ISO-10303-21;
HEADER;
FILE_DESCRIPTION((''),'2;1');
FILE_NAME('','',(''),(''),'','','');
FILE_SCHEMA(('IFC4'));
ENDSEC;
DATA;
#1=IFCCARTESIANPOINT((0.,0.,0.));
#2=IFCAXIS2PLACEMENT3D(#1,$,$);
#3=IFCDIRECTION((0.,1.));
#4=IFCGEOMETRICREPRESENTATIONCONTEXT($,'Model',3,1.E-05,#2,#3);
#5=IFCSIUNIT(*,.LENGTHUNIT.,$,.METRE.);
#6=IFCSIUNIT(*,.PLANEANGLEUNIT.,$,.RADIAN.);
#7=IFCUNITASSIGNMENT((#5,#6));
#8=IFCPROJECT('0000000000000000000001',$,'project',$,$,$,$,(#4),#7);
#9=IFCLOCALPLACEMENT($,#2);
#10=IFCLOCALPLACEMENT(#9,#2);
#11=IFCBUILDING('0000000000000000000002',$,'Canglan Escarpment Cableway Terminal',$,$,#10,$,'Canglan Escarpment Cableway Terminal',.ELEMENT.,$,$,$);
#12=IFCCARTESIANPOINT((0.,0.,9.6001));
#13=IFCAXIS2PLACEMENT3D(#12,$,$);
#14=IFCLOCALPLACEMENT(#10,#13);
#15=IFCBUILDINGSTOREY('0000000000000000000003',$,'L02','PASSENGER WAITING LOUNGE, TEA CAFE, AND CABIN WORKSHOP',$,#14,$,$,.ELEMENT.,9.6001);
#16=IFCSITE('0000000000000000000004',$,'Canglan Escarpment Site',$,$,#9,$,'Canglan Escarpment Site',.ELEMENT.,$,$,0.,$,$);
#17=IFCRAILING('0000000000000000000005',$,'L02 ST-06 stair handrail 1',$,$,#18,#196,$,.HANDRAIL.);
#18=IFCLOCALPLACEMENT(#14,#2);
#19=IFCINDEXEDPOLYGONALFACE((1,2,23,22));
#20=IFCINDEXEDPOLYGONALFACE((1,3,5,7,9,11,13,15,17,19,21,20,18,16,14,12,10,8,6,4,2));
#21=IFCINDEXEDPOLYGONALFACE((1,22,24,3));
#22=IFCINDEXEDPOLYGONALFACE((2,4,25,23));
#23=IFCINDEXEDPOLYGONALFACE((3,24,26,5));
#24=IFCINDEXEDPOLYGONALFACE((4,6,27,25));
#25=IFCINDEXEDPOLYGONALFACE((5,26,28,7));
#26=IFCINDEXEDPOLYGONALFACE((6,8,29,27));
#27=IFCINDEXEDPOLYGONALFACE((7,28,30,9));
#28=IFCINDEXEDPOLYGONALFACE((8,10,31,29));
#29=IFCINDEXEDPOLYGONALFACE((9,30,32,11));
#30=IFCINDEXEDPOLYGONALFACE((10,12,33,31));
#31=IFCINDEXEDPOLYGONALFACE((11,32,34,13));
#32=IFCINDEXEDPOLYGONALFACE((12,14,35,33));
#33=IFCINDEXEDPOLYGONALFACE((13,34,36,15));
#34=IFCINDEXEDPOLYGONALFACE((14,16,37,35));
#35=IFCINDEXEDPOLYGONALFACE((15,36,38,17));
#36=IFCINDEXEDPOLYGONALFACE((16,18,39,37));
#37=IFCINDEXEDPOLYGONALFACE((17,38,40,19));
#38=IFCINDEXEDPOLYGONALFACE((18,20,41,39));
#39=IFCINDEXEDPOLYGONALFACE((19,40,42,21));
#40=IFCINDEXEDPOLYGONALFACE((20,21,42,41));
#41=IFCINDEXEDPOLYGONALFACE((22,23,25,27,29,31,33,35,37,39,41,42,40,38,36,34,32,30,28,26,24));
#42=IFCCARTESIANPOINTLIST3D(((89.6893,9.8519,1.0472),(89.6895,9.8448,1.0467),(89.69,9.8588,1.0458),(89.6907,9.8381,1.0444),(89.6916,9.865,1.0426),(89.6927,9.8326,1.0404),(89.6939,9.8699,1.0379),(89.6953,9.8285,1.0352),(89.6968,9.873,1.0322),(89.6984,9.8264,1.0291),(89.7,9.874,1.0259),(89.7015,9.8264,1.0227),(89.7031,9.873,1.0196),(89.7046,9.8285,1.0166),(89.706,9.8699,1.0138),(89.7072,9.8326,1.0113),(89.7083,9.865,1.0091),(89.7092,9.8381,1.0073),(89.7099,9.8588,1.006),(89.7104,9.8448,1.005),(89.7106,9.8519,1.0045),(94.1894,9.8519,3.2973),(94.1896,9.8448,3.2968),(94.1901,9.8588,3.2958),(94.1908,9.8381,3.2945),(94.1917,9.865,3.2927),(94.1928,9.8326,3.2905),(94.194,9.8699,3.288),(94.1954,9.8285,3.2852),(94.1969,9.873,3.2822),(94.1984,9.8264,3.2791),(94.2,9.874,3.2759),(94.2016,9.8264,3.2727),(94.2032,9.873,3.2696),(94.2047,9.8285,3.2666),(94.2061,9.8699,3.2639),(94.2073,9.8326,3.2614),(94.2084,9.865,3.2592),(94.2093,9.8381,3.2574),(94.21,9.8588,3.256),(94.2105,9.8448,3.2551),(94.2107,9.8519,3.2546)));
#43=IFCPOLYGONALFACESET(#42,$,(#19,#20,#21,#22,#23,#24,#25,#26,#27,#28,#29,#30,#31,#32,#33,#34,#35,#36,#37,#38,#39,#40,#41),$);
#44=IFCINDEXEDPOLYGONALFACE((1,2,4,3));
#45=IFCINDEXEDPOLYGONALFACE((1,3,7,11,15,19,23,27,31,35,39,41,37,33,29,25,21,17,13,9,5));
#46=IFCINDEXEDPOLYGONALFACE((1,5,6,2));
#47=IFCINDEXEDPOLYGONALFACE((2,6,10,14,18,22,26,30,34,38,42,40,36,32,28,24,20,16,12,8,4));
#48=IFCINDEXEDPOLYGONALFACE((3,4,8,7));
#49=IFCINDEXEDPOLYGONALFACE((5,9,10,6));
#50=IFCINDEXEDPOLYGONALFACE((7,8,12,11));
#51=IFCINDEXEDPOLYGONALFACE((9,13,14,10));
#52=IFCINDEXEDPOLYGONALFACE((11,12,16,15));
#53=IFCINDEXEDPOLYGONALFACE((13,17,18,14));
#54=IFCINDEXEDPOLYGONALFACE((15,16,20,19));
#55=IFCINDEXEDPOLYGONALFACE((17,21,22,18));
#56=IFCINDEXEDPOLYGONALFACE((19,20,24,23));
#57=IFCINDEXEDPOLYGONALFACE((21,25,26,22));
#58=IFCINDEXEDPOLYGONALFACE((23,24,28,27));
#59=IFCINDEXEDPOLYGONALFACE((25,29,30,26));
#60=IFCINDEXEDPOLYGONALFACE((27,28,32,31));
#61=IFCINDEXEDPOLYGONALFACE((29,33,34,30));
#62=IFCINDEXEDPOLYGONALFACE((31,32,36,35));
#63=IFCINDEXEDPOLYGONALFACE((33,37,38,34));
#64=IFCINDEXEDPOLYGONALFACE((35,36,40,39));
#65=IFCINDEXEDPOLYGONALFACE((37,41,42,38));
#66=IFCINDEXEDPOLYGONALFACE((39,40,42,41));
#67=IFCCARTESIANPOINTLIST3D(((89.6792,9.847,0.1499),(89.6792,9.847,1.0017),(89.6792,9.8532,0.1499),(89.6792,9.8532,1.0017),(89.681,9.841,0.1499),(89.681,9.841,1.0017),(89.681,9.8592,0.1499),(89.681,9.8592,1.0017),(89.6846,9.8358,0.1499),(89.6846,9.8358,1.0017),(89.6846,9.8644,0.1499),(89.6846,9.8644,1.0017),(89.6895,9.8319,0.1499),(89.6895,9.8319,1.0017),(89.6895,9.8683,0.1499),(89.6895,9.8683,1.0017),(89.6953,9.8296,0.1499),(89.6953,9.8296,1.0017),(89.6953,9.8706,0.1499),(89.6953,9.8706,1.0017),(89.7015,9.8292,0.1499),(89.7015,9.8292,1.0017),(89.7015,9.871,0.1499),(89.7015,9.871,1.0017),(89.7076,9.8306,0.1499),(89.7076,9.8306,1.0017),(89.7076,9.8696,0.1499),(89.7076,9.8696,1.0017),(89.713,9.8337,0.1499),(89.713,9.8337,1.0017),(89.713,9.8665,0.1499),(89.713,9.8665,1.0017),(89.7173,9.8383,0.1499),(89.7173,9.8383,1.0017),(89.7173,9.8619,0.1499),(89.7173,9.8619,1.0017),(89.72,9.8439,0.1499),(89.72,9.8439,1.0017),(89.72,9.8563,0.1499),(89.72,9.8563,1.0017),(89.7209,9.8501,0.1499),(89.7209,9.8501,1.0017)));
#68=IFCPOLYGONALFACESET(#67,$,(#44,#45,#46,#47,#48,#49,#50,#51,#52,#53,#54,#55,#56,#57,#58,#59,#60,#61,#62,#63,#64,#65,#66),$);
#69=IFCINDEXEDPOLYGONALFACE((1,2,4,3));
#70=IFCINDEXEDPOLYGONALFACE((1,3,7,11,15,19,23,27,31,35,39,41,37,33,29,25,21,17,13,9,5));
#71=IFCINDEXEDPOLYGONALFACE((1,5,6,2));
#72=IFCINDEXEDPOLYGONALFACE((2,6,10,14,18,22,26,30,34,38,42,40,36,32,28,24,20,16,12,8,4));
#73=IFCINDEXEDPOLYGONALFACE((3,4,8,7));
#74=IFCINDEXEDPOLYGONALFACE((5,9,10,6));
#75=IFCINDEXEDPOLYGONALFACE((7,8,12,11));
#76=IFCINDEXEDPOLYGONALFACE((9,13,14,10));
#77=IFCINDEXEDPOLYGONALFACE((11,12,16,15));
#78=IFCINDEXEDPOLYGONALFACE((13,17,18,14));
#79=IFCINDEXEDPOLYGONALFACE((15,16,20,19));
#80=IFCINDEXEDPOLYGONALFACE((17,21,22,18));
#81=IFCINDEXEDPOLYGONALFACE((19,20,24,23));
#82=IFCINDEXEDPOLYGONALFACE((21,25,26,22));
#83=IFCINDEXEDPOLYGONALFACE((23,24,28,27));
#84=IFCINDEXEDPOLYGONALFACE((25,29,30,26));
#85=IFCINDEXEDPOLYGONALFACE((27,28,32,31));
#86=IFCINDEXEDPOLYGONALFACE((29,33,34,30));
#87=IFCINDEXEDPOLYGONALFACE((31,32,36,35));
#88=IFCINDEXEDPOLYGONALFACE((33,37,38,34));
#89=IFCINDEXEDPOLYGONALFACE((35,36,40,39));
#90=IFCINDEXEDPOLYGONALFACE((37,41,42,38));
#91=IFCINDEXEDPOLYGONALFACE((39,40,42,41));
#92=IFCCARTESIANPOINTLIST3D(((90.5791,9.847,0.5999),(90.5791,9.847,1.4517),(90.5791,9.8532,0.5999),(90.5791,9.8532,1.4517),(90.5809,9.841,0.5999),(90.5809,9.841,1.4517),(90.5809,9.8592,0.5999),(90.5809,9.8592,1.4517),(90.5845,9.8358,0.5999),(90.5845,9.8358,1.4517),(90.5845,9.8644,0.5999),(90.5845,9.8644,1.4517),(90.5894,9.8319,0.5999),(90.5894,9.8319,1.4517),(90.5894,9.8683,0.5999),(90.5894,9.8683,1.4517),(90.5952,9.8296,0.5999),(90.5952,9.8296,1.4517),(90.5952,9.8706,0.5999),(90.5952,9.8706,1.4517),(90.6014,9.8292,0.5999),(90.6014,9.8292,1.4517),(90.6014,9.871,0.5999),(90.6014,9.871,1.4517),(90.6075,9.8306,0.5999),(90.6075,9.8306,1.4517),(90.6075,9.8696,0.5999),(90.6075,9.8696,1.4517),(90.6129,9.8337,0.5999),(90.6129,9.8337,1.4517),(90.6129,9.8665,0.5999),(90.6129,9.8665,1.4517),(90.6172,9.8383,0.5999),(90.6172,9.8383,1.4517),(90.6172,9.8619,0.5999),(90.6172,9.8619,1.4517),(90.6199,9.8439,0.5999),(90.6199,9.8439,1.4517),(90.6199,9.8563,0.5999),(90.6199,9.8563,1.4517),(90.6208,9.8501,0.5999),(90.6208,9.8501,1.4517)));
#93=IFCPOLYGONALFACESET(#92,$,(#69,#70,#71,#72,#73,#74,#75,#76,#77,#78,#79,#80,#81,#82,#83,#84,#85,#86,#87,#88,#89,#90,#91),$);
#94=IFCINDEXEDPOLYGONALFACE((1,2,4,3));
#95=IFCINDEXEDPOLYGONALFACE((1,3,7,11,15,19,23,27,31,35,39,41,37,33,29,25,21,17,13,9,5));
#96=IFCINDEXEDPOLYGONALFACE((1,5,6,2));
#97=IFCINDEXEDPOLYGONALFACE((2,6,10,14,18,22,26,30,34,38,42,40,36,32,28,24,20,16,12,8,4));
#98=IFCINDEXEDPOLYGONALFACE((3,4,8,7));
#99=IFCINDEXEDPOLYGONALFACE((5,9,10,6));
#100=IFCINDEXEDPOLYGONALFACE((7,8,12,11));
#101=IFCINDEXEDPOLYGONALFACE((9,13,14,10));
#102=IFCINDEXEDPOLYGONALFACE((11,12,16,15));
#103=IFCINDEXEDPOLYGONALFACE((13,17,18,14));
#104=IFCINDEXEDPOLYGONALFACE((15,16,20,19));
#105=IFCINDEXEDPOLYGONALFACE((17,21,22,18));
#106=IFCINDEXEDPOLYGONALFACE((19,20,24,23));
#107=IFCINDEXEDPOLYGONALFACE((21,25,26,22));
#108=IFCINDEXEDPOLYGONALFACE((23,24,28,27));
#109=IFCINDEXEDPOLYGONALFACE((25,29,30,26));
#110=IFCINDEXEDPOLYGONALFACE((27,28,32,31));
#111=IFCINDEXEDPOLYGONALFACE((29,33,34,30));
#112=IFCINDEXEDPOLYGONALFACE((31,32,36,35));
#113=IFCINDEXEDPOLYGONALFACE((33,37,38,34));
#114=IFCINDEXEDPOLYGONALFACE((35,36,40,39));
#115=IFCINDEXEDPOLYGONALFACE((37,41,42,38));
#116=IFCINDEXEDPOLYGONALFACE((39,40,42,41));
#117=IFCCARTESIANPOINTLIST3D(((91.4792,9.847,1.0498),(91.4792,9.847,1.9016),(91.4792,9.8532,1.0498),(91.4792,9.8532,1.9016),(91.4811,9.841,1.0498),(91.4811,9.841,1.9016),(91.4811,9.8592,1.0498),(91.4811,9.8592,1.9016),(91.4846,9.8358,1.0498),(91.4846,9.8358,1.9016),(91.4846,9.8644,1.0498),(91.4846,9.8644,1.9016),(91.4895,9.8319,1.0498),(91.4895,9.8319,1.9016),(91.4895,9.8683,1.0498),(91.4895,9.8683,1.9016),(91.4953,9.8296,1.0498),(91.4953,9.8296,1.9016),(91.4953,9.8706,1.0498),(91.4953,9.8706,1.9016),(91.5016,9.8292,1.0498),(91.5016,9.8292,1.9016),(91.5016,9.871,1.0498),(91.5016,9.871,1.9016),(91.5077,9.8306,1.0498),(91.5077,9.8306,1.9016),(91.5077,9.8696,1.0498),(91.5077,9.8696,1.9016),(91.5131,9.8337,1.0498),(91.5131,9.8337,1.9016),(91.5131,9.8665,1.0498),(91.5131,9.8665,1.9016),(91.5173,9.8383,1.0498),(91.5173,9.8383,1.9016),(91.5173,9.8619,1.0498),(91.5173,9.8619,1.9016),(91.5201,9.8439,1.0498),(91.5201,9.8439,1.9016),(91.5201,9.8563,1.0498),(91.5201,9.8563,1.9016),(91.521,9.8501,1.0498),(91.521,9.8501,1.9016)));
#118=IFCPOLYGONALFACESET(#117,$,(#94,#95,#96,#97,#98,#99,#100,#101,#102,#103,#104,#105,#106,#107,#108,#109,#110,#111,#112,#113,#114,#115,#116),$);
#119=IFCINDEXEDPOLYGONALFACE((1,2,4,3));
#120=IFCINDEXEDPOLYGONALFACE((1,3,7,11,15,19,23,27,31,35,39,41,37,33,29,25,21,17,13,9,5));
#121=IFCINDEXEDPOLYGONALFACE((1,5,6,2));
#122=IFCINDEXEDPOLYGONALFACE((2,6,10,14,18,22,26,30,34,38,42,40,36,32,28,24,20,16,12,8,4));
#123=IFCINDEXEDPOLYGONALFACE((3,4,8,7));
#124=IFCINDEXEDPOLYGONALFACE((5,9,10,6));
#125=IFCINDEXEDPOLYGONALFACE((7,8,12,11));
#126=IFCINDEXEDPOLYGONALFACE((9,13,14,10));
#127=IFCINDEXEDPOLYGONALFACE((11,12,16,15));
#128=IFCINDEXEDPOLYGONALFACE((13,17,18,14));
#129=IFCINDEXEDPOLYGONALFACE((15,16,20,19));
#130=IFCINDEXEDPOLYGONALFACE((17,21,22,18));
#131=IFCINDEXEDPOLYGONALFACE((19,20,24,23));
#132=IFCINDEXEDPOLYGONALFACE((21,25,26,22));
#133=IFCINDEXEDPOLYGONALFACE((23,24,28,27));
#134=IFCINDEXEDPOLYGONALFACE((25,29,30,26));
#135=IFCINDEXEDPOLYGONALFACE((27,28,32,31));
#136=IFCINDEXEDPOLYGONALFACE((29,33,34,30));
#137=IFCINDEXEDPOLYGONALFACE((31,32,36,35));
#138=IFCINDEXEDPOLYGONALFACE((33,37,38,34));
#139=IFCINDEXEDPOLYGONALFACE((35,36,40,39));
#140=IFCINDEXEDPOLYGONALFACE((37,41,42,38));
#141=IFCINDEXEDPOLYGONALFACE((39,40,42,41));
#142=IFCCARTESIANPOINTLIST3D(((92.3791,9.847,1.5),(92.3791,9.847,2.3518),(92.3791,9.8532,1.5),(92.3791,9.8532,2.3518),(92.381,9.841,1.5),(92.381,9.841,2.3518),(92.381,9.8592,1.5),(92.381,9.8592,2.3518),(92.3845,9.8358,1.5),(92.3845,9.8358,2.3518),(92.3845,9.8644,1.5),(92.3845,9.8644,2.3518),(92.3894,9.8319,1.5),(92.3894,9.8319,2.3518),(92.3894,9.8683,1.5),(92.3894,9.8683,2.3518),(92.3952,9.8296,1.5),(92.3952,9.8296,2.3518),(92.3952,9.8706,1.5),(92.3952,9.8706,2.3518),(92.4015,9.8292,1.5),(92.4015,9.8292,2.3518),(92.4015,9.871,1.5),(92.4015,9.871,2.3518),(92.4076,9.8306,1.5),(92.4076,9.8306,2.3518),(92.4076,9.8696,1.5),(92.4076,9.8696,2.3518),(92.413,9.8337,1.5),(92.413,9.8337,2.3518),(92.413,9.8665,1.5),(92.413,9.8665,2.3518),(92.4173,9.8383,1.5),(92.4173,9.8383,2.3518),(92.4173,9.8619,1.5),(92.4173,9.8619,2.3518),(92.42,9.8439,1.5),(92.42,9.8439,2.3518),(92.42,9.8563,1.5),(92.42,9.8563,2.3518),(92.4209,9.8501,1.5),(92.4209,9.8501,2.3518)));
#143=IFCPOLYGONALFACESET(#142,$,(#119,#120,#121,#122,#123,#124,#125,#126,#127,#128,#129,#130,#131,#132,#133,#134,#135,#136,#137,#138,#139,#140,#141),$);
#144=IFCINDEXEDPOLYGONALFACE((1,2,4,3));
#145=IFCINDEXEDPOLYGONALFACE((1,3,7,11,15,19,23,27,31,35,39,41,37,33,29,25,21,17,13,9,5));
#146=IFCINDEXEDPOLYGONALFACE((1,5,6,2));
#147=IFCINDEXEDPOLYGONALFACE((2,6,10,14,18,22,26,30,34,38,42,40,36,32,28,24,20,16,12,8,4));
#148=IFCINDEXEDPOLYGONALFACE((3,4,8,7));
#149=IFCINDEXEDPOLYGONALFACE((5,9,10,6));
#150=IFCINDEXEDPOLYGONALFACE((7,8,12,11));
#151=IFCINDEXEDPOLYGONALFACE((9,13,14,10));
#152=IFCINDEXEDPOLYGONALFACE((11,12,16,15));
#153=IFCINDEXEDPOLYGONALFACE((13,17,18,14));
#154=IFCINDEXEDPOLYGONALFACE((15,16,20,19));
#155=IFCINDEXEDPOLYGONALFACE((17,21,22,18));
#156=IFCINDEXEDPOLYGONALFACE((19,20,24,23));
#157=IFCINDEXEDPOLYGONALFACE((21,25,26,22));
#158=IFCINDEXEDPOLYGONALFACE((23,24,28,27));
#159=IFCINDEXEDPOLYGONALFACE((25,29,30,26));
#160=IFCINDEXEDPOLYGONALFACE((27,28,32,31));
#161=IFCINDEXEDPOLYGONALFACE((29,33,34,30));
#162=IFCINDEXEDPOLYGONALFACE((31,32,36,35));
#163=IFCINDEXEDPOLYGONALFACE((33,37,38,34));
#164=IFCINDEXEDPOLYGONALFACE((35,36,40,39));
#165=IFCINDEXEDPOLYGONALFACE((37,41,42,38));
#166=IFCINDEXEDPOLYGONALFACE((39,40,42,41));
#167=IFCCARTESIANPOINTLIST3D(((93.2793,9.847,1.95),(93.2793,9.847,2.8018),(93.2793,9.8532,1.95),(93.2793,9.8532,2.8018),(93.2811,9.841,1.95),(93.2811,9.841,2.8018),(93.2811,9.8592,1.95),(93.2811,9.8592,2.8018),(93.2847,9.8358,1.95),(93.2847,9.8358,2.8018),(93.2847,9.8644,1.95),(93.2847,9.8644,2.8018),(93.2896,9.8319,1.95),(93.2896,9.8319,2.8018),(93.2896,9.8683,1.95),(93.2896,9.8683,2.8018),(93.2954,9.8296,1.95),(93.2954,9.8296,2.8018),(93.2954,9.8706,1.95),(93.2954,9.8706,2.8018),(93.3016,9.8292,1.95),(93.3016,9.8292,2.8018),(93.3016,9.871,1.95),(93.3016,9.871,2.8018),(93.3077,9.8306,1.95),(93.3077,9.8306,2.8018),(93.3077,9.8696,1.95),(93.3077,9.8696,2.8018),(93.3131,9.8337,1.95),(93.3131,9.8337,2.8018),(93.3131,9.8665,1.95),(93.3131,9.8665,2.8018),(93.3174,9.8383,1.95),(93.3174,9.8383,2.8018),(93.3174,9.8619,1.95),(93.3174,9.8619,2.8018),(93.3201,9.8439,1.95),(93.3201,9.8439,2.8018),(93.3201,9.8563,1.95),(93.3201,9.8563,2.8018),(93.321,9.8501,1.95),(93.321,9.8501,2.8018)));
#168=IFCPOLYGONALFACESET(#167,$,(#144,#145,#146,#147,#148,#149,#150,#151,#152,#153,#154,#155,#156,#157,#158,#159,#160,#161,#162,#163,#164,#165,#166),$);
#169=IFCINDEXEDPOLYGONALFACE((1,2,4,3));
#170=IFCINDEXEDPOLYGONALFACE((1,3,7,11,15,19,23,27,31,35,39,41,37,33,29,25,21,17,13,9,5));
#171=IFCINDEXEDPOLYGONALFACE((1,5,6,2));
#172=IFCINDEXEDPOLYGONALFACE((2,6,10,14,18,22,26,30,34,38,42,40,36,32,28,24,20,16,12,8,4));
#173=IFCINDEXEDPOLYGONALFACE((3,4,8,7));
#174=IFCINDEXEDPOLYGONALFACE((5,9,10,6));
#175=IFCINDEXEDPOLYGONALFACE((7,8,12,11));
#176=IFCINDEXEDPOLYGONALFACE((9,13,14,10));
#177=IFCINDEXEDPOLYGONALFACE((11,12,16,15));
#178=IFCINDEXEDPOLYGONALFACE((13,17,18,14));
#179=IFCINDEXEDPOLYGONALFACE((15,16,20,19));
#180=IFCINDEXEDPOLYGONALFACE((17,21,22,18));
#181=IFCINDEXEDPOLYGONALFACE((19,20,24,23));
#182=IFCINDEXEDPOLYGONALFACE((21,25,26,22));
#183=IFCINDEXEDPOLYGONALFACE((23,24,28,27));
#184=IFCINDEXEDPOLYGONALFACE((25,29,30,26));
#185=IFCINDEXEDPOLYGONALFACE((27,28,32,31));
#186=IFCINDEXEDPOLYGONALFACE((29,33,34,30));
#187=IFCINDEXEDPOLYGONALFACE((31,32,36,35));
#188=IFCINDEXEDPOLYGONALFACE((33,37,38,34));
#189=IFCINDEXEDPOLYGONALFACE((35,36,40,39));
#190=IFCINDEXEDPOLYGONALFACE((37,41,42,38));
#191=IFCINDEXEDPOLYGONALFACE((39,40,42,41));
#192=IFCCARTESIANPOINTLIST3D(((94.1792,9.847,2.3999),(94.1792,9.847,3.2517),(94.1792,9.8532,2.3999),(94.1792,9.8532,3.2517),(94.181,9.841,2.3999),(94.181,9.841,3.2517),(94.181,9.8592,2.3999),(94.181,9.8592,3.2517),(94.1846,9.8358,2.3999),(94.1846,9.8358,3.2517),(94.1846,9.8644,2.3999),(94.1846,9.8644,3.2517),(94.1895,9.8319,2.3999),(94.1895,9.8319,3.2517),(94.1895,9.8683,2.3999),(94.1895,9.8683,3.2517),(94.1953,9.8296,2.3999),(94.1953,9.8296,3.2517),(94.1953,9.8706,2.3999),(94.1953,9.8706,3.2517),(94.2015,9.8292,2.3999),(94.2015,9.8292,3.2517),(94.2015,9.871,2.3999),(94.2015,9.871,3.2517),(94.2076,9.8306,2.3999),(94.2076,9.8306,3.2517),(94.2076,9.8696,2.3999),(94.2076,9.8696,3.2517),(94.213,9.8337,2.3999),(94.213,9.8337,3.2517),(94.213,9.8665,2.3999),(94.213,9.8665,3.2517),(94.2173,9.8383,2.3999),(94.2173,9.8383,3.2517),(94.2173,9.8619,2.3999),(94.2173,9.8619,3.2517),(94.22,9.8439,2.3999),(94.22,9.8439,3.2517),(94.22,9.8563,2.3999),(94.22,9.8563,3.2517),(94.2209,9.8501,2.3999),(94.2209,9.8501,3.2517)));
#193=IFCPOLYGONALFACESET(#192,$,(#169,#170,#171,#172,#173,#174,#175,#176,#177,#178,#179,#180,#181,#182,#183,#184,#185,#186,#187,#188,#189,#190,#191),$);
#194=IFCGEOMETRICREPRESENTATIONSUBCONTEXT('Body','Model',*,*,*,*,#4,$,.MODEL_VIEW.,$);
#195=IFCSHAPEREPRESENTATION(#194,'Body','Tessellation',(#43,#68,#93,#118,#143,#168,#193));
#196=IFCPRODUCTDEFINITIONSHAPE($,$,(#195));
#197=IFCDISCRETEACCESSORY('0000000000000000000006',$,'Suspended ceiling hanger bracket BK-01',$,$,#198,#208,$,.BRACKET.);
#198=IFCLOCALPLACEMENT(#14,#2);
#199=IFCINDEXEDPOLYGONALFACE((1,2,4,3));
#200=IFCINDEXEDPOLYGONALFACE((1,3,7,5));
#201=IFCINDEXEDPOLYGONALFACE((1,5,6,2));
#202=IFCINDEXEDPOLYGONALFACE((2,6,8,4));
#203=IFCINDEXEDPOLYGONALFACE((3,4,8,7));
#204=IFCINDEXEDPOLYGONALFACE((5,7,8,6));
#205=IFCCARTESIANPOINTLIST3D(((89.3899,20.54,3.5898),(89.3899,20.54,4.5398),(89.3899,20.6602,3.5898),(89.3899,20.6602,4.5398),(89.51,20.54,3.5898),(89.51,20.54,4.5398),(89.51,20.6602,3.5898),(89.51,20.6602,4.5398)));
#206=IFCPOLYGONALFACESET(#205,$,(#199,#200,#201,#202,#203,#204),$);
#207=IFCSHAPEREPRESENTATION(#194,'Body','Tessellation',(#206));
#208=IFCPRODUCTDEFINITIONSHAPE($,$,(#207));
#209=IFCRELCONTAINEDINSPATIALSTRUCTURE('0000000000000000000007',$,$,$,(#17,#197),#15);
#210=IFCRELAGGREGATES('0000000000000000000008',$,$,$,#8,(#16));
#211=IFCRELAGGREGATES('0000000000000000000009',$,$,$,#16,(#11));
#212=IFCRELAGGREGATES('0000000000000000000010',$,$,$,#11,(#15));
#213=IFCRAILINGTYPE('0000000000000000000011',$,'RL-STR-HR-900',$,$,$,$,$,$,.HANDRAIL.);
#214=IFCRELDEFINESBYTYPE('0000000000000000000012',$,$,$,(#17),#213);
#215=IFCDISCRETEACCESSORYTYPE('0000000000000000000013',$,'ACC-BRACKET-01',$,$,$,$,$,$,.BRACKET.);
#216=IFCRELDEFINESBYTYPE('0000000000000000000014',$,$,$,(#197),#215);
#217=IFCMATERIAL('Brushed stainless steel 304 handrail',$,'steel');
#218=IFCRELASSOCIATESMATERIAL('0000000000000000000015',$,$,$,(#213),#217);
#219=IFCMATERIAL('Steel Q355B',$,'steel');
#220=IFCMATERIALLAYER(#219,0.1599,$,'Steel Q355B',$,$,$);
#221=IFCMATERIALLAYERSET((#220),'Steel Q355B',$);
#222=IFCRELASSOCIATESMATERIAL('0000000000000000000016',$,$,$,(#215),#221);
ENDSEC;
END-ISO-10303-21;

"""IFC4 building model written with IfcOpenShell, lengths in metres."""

from ifc_helpers import new_model, si_unit, direction, frame, origin, origin_2d, place, context, subcontext, project, spatial, rectangle, circle, extrude, material, layer, layer_set, type_object, element, save


model = new_model("IFC4")

# Units and contexts
model_context = context("Model", 3, precision=1e-05, world=origin(), true_north=direction((0.0, 1.0)))
body_context = subcontext(model_context, "Body", "Model", "MODEL_VIEW")
ifc_project = project(units=[si_unit("LENGTHUNIT", "METRE"), si_unit("PLANEANGLEUNIT", "RADIAN")], contexts=[model_context])

# Site, building, storey
site_placement = place(None, origin())
site = spatial("IfcSite", under=ifc_project, at=site_placement, Name="Canglan Escarpment Site", LongName="Canglan Escarpment Site", CompositionType="ELEMENT", RefElevation=0.0)
building_placement = place(site_placement, origin())
building = spatial("IfcBuilding", under=site, at=building_placement, Name="Canglan Escarpment Cableway Terminal", LongName="Canglan Escarpment Cableway Terminal", CompositionType="ELEMENT")
storey_placement = place(building_placement, frame((0.0, 0.0, 9.6001)))
storey = spatial("IfcBuildingStorey", under=building, at=storey_placement, Name="L02", Description="PASSENGER WAITING LOUNGE, TEA CAFE, AND CABIN WORKSHOP", CompositionType="ELEMENT", Elevation=9.6001)

# Shared definitions
ifc_material_1 = material(Name="Steel Q355B", Category="steel")

# Railing
ifc_material_2 = material(Name="Brushed stainless steel 304 handrail", Category="steel")
railing_type_1 = type_object("IfcRailingType", Name="RL-STR-HR-900", PredefinedType="HANDRAIL", material=ifc_material_2)
railing_1_placement = place(storey_placement, frame((89.7, 9.8501, 0.1499)))
element("IfcRailing", 1, at=railing_1_placement, inside=storey, type_object=railing_type_1, Name="L02 ST-06 stair handrail 1", PredefinedType="HANDRAIL", context=body_context, shape_type="SweptSolid", body=[
    extrude(circle(Radius=0.0239, at=origin_2d()), frame((0.0, 0.0, 0.876), z_axis=(0.894427, 0.0, 0.447214), x_axis=(0.0, 1.0, 0.0)), (0.0, 0.0, 1.0), 5.0312),
    extrude(circle(Radius=0.021, at=origin_2d()), origin(), (0.0, 0.0, 1.0), 0.8518),
    extrude(circle(Radius=0.021, at=origin_2d()), frame((0.8999, 0.0, 0.45)), (0.0, 0.0, 1.0), 0.8518),
    extrude(circle(Radius=0.021, at=origin_2d()), frame((1.8, 0.0, 0.8999)), (0.0, 0.0, 1.0), 0.8518),
    extrude(circle(Radius=0.021, at=origin_2d()), frame((2.7, 0.0, 1.3501)), (0.0, 0.0, 1.0), 0.8518),
    extrude(circle(Radius=0.021, at=origin_2d()), frame((3.6001, 0.0, 1.8)), (0.0, 0.0, 1.0), 0.8518),
    extrude(circle(Radius=0.021, at=origin_2d()), frame((4.5, 0.0, 2.25)), (0.0, 0.0, 1.0), 0.8518),
])

# Discrete accessory
ifc_layer_1 = layer(ifc_material_1, 0.1599, Name="Steel Q355B")
ifc_layer_set_1 = layer_set([ifc_layer_1], Name="Steel Q355B")
discrete_accessory_type = type_object("IfcDiscreteAccessoryType", Name="ACC-BRACKET-01", PredefinedType="BRACKET", material=ifc_layer_set_1)
discrete_accessory_placement = place(storey_placement, frame((89.45, 20.6001, 3.5898), z_axis=(0.0, 0.0, 1.0), x_axis=(1.0, 0.0, 0.0)))
element("IfcDiscreteAccessory", 2, at=discrete_accessory_placement, inside=storey, type_object=discrete_accessory_type, Name="Suspended ceiling hanger bracket BK-01", PredefinedType="BRACKET", context=body_context, shape_type="SweptSolid", body=[
    extrude(rectangle(XDim=0.1201, YDim=0.1201, at=origin_2d()), origin(), (0.0, 0.0, 1.0), 0.95),
])

save(model, "model.ifc")
